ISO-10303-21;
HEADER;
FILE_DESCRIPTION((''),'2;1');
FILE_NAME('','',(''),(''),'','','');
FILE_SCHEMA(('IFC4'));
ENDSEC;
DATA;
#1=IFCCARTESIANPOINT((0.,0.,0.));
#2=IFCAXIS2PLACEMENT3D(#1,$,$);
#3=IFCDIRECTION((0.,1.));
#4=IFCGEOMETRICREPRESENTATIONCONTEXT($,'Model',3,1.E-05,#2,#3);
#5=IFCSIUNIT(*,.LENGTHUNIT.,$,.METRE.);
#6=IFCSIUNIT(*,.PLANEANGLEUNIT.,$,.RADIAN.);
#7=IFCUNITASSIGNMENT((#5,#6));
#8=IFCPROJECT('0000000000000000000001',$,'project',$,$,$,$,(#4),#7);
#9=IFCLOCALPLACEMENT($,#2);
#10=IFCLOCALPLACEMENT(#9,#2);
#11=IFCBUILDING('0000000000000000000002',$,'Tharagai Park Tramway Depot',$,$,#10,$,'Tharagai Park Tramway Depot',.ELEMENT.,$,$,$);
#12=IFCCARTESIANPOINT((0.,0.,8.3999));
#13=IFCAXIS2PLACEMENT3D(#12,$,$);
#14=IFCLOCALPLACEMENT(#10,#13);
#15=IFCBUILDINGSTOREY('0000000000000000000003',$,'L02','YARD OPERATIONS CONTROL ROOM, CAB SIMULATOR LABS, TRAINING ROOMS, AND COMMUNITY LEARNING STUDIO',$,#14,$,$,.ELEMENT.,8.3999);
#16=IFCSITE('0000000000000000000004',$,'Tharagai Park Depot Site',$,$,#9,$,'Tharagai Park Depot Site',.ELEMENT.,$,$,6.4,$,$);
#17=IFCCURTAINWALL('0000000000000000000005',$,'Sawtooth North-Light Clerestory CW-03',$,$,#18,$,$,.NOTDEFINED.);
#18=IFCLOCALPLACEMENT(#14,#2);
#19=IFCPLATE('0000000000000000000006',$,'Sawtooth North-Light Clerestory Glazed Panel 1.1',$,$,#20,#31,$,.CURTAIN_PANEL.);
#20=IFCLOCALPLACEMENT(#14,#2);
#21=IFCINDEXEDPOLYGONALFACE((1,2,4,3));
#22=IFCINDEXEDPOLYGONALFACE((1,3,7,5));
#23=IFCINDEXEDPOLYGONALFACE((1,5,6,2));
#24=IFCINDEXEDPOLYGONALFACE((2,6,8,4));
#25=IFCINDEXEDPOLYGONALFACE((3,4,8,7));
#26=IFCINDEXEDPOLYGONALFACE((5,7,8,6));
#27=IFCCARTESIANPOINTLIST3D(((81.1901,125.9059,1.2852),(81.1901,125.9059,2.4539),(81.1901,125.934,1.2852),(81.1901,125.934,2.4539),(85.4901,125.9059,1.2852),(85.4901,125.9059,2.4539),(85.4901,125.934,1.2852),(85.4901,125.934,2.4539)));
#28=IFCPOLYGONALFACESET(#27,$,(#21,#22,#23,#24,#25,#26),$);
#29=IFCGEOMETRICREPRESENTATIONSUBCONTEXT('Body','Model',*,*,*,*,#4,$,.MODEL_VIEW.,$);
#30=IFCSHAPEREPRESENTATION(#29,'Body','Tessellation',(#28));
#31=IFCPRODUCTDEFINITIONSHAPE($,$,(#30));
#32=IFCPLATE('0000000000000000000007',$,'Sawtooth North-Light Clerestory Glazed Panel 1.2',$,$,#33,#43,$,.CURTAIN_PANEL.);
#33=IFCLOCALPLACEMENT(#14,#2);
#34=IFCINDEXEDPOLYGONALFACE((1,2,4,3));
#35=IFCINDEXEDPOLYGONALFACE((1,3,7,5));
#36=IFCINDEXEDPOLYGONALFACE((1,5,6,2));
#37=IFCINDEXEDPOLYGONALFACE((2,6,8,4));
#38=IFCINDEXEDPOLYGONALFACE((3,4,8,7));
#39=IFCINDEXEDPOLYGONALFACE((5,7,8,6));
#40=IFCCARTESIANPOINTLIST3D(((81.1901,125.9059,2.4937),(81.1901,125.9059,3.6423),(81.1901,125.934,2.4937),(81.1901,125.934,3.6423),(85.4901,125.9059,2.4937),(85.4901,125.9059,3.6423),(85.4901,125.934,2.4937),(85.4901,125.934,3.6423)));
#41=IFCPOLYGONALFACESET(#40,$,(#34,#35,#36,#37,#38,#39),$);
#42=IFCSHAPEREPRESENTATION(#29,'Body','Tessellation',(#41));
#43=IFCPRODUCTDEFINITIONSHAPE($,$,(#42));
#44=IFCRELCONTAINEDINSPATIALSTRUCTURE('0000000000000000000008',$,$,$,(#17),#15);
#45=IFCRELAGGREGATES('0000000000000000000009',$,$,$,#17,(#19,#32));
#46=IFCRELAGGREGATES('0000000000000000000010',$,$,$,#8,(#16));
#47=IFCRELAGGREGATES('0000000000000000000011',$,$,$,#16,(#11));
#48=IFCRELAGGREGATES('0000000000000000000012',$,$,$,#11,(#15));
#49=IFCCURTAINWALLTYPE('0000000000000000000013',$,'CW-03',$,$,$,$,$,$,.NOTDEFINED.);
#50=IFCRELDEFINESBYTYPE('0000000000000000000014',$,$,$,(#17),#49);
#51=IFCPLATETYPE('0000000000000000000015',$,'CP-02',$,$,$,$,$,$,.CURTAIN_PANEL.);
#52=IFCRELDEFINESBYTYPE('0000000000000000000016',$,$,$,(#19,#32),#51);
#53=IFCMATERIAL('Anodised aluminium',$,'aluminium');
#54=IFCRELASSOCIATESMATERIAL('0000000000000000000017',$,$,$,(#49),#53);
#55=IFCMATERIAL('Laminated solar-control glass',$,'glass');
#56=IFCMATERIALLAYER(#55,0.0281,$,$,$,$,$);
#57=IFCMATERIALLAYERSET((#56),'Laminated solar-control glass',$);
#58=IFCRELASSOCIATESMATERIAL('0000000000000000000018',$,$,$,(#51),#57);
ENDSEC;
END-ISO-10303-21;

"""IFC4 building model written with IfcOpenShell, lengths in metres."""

from ifc_helpers import new_model, si_unit, direction, frame, origin, origin_2d, place, context, subcontext, project, spatial, rectangle, extrude, material, layer, layer_set, type_object, element, aggregate, save


model = new_model("IFC4")

# Units and contexts
model_context = context("Model", 3, precision=1e-05, world=origin(), true_north=direction((0.0, 1.0)))
body_context = subcontext(model_context, "Body", "Model", "MODEL_VIEW")
ifc_project = project(units=[si_unit("LENGTHUNIT", "METRE"), si_unit("PLANEANGLEUNIT", "RADIAN")], contexts=[model_context])

# Site, building, storey
site_placement = place(None, origin())
site = spatial("IfcSite", under=ifc_project, at=site_placement, Name="Tharagai Park Depot Site", LongName="Tharagai Park Depot Site", CompositionType="ELEMENT", RefElevation=6.4)
building_placement = place(site_placement, origin())
building = spatial("IfcBuilding", under=site, at=building_placement, Name="Tharagai Park Tramway Depot", LongName="Tharagai Park Tramway Depot", CompositionType="ELEMENT")
storey_placement = place(building_placement, frame((0.0, 0.0, 8.3999)))
storey = spatial("IfcBuildingStorey", under=building, at=storey_placement, Name="L02", Description="YARD OPERATIONS CONTROL ROOM, CAB SIMULATOR LABS, TRAINING ROOMS, AND COMMUNITY LEARNING STUDIO", CompositionType="ELEMENT", Elevation=8.3999)

# Curtain wall
ifc_material_1 = material(Name="Anodised aluminium", Category="aluminium")
curtain_wall_type_1 = type_object("IfcCurtainWallType", Name="CW-03", PredefinedType="NOTDEFINED", material=ifc_material_1)
curtain_wall_1_placement = place(storey_placement, origin())
curtain_wall_1 = element("IfcCurtainWall", 1, at=curtain_wall_1_placement, inside=storey, type_object=curtain_wall_type_1, Name="Sawtooth North-Light Clerestory CW-03", PredefinedType="NOTDEFINED")

# Plates
ifc_material_2 = material(Name="Laminated solar-control glass", Category="glass")
ifc_layer = layer(ifc_material_2, 0.0281)
ifc_layer_set = layer_set([ifc_layer], Name="Laminated solar-control glass")
plate_type = type_object("IfcPlateType", Name="CP-02", PredefinedType="CURTAIN_PANEL", material=ifc_layer_set)
plate_1_placement = place(storey_placement, frame((83.3401, 125.9199, 1.2852), z_axis=(0.0, 0.0, 1.0), x_axis=(1.0, 0.0, 0.0)))
plate_1 = element("IfcPlate", 2, at=plate_1_placement, type_object=plate_type, Name="Sawtooth North-Light Clerestory Glazed Panel 1.1", PredefinedType="CURTAIN_PANEL", context=body_context, shape_type="SweptSolid", body=[
    extrude(rectangle(XDim=4.3, YDim=0.0281, at=origin_2d()), origin(), (0.0, 0.0, 1.0), 1.1687),
])
plate_2_placement = place(storey_placement, frame((83.3401, 125.9199, 2.4937), z_axis=(0.0, 0.0, 1.0), x_axis=(1.0, 0.0, 0.0)))
plate_2 = element("IfcPlate", 3, at=plate_2_placement, type_object=plate_type, Name="Sawtooth North-Light Clerestory Glazed Panel 1.2", PredefinedType="CURTAIN_PANEL", context=body_context, shape_type="SweptSolid", body=[
    extrude(rectangle(XDim=4.3, YDim=0.0281, at=origin_2d()), origin(), (0.0, 0.0, 1.0), 1.1487),
])
aggregate(curtain_wall_1, [plate_1, plate_2])

save(model, "model.ifc")
